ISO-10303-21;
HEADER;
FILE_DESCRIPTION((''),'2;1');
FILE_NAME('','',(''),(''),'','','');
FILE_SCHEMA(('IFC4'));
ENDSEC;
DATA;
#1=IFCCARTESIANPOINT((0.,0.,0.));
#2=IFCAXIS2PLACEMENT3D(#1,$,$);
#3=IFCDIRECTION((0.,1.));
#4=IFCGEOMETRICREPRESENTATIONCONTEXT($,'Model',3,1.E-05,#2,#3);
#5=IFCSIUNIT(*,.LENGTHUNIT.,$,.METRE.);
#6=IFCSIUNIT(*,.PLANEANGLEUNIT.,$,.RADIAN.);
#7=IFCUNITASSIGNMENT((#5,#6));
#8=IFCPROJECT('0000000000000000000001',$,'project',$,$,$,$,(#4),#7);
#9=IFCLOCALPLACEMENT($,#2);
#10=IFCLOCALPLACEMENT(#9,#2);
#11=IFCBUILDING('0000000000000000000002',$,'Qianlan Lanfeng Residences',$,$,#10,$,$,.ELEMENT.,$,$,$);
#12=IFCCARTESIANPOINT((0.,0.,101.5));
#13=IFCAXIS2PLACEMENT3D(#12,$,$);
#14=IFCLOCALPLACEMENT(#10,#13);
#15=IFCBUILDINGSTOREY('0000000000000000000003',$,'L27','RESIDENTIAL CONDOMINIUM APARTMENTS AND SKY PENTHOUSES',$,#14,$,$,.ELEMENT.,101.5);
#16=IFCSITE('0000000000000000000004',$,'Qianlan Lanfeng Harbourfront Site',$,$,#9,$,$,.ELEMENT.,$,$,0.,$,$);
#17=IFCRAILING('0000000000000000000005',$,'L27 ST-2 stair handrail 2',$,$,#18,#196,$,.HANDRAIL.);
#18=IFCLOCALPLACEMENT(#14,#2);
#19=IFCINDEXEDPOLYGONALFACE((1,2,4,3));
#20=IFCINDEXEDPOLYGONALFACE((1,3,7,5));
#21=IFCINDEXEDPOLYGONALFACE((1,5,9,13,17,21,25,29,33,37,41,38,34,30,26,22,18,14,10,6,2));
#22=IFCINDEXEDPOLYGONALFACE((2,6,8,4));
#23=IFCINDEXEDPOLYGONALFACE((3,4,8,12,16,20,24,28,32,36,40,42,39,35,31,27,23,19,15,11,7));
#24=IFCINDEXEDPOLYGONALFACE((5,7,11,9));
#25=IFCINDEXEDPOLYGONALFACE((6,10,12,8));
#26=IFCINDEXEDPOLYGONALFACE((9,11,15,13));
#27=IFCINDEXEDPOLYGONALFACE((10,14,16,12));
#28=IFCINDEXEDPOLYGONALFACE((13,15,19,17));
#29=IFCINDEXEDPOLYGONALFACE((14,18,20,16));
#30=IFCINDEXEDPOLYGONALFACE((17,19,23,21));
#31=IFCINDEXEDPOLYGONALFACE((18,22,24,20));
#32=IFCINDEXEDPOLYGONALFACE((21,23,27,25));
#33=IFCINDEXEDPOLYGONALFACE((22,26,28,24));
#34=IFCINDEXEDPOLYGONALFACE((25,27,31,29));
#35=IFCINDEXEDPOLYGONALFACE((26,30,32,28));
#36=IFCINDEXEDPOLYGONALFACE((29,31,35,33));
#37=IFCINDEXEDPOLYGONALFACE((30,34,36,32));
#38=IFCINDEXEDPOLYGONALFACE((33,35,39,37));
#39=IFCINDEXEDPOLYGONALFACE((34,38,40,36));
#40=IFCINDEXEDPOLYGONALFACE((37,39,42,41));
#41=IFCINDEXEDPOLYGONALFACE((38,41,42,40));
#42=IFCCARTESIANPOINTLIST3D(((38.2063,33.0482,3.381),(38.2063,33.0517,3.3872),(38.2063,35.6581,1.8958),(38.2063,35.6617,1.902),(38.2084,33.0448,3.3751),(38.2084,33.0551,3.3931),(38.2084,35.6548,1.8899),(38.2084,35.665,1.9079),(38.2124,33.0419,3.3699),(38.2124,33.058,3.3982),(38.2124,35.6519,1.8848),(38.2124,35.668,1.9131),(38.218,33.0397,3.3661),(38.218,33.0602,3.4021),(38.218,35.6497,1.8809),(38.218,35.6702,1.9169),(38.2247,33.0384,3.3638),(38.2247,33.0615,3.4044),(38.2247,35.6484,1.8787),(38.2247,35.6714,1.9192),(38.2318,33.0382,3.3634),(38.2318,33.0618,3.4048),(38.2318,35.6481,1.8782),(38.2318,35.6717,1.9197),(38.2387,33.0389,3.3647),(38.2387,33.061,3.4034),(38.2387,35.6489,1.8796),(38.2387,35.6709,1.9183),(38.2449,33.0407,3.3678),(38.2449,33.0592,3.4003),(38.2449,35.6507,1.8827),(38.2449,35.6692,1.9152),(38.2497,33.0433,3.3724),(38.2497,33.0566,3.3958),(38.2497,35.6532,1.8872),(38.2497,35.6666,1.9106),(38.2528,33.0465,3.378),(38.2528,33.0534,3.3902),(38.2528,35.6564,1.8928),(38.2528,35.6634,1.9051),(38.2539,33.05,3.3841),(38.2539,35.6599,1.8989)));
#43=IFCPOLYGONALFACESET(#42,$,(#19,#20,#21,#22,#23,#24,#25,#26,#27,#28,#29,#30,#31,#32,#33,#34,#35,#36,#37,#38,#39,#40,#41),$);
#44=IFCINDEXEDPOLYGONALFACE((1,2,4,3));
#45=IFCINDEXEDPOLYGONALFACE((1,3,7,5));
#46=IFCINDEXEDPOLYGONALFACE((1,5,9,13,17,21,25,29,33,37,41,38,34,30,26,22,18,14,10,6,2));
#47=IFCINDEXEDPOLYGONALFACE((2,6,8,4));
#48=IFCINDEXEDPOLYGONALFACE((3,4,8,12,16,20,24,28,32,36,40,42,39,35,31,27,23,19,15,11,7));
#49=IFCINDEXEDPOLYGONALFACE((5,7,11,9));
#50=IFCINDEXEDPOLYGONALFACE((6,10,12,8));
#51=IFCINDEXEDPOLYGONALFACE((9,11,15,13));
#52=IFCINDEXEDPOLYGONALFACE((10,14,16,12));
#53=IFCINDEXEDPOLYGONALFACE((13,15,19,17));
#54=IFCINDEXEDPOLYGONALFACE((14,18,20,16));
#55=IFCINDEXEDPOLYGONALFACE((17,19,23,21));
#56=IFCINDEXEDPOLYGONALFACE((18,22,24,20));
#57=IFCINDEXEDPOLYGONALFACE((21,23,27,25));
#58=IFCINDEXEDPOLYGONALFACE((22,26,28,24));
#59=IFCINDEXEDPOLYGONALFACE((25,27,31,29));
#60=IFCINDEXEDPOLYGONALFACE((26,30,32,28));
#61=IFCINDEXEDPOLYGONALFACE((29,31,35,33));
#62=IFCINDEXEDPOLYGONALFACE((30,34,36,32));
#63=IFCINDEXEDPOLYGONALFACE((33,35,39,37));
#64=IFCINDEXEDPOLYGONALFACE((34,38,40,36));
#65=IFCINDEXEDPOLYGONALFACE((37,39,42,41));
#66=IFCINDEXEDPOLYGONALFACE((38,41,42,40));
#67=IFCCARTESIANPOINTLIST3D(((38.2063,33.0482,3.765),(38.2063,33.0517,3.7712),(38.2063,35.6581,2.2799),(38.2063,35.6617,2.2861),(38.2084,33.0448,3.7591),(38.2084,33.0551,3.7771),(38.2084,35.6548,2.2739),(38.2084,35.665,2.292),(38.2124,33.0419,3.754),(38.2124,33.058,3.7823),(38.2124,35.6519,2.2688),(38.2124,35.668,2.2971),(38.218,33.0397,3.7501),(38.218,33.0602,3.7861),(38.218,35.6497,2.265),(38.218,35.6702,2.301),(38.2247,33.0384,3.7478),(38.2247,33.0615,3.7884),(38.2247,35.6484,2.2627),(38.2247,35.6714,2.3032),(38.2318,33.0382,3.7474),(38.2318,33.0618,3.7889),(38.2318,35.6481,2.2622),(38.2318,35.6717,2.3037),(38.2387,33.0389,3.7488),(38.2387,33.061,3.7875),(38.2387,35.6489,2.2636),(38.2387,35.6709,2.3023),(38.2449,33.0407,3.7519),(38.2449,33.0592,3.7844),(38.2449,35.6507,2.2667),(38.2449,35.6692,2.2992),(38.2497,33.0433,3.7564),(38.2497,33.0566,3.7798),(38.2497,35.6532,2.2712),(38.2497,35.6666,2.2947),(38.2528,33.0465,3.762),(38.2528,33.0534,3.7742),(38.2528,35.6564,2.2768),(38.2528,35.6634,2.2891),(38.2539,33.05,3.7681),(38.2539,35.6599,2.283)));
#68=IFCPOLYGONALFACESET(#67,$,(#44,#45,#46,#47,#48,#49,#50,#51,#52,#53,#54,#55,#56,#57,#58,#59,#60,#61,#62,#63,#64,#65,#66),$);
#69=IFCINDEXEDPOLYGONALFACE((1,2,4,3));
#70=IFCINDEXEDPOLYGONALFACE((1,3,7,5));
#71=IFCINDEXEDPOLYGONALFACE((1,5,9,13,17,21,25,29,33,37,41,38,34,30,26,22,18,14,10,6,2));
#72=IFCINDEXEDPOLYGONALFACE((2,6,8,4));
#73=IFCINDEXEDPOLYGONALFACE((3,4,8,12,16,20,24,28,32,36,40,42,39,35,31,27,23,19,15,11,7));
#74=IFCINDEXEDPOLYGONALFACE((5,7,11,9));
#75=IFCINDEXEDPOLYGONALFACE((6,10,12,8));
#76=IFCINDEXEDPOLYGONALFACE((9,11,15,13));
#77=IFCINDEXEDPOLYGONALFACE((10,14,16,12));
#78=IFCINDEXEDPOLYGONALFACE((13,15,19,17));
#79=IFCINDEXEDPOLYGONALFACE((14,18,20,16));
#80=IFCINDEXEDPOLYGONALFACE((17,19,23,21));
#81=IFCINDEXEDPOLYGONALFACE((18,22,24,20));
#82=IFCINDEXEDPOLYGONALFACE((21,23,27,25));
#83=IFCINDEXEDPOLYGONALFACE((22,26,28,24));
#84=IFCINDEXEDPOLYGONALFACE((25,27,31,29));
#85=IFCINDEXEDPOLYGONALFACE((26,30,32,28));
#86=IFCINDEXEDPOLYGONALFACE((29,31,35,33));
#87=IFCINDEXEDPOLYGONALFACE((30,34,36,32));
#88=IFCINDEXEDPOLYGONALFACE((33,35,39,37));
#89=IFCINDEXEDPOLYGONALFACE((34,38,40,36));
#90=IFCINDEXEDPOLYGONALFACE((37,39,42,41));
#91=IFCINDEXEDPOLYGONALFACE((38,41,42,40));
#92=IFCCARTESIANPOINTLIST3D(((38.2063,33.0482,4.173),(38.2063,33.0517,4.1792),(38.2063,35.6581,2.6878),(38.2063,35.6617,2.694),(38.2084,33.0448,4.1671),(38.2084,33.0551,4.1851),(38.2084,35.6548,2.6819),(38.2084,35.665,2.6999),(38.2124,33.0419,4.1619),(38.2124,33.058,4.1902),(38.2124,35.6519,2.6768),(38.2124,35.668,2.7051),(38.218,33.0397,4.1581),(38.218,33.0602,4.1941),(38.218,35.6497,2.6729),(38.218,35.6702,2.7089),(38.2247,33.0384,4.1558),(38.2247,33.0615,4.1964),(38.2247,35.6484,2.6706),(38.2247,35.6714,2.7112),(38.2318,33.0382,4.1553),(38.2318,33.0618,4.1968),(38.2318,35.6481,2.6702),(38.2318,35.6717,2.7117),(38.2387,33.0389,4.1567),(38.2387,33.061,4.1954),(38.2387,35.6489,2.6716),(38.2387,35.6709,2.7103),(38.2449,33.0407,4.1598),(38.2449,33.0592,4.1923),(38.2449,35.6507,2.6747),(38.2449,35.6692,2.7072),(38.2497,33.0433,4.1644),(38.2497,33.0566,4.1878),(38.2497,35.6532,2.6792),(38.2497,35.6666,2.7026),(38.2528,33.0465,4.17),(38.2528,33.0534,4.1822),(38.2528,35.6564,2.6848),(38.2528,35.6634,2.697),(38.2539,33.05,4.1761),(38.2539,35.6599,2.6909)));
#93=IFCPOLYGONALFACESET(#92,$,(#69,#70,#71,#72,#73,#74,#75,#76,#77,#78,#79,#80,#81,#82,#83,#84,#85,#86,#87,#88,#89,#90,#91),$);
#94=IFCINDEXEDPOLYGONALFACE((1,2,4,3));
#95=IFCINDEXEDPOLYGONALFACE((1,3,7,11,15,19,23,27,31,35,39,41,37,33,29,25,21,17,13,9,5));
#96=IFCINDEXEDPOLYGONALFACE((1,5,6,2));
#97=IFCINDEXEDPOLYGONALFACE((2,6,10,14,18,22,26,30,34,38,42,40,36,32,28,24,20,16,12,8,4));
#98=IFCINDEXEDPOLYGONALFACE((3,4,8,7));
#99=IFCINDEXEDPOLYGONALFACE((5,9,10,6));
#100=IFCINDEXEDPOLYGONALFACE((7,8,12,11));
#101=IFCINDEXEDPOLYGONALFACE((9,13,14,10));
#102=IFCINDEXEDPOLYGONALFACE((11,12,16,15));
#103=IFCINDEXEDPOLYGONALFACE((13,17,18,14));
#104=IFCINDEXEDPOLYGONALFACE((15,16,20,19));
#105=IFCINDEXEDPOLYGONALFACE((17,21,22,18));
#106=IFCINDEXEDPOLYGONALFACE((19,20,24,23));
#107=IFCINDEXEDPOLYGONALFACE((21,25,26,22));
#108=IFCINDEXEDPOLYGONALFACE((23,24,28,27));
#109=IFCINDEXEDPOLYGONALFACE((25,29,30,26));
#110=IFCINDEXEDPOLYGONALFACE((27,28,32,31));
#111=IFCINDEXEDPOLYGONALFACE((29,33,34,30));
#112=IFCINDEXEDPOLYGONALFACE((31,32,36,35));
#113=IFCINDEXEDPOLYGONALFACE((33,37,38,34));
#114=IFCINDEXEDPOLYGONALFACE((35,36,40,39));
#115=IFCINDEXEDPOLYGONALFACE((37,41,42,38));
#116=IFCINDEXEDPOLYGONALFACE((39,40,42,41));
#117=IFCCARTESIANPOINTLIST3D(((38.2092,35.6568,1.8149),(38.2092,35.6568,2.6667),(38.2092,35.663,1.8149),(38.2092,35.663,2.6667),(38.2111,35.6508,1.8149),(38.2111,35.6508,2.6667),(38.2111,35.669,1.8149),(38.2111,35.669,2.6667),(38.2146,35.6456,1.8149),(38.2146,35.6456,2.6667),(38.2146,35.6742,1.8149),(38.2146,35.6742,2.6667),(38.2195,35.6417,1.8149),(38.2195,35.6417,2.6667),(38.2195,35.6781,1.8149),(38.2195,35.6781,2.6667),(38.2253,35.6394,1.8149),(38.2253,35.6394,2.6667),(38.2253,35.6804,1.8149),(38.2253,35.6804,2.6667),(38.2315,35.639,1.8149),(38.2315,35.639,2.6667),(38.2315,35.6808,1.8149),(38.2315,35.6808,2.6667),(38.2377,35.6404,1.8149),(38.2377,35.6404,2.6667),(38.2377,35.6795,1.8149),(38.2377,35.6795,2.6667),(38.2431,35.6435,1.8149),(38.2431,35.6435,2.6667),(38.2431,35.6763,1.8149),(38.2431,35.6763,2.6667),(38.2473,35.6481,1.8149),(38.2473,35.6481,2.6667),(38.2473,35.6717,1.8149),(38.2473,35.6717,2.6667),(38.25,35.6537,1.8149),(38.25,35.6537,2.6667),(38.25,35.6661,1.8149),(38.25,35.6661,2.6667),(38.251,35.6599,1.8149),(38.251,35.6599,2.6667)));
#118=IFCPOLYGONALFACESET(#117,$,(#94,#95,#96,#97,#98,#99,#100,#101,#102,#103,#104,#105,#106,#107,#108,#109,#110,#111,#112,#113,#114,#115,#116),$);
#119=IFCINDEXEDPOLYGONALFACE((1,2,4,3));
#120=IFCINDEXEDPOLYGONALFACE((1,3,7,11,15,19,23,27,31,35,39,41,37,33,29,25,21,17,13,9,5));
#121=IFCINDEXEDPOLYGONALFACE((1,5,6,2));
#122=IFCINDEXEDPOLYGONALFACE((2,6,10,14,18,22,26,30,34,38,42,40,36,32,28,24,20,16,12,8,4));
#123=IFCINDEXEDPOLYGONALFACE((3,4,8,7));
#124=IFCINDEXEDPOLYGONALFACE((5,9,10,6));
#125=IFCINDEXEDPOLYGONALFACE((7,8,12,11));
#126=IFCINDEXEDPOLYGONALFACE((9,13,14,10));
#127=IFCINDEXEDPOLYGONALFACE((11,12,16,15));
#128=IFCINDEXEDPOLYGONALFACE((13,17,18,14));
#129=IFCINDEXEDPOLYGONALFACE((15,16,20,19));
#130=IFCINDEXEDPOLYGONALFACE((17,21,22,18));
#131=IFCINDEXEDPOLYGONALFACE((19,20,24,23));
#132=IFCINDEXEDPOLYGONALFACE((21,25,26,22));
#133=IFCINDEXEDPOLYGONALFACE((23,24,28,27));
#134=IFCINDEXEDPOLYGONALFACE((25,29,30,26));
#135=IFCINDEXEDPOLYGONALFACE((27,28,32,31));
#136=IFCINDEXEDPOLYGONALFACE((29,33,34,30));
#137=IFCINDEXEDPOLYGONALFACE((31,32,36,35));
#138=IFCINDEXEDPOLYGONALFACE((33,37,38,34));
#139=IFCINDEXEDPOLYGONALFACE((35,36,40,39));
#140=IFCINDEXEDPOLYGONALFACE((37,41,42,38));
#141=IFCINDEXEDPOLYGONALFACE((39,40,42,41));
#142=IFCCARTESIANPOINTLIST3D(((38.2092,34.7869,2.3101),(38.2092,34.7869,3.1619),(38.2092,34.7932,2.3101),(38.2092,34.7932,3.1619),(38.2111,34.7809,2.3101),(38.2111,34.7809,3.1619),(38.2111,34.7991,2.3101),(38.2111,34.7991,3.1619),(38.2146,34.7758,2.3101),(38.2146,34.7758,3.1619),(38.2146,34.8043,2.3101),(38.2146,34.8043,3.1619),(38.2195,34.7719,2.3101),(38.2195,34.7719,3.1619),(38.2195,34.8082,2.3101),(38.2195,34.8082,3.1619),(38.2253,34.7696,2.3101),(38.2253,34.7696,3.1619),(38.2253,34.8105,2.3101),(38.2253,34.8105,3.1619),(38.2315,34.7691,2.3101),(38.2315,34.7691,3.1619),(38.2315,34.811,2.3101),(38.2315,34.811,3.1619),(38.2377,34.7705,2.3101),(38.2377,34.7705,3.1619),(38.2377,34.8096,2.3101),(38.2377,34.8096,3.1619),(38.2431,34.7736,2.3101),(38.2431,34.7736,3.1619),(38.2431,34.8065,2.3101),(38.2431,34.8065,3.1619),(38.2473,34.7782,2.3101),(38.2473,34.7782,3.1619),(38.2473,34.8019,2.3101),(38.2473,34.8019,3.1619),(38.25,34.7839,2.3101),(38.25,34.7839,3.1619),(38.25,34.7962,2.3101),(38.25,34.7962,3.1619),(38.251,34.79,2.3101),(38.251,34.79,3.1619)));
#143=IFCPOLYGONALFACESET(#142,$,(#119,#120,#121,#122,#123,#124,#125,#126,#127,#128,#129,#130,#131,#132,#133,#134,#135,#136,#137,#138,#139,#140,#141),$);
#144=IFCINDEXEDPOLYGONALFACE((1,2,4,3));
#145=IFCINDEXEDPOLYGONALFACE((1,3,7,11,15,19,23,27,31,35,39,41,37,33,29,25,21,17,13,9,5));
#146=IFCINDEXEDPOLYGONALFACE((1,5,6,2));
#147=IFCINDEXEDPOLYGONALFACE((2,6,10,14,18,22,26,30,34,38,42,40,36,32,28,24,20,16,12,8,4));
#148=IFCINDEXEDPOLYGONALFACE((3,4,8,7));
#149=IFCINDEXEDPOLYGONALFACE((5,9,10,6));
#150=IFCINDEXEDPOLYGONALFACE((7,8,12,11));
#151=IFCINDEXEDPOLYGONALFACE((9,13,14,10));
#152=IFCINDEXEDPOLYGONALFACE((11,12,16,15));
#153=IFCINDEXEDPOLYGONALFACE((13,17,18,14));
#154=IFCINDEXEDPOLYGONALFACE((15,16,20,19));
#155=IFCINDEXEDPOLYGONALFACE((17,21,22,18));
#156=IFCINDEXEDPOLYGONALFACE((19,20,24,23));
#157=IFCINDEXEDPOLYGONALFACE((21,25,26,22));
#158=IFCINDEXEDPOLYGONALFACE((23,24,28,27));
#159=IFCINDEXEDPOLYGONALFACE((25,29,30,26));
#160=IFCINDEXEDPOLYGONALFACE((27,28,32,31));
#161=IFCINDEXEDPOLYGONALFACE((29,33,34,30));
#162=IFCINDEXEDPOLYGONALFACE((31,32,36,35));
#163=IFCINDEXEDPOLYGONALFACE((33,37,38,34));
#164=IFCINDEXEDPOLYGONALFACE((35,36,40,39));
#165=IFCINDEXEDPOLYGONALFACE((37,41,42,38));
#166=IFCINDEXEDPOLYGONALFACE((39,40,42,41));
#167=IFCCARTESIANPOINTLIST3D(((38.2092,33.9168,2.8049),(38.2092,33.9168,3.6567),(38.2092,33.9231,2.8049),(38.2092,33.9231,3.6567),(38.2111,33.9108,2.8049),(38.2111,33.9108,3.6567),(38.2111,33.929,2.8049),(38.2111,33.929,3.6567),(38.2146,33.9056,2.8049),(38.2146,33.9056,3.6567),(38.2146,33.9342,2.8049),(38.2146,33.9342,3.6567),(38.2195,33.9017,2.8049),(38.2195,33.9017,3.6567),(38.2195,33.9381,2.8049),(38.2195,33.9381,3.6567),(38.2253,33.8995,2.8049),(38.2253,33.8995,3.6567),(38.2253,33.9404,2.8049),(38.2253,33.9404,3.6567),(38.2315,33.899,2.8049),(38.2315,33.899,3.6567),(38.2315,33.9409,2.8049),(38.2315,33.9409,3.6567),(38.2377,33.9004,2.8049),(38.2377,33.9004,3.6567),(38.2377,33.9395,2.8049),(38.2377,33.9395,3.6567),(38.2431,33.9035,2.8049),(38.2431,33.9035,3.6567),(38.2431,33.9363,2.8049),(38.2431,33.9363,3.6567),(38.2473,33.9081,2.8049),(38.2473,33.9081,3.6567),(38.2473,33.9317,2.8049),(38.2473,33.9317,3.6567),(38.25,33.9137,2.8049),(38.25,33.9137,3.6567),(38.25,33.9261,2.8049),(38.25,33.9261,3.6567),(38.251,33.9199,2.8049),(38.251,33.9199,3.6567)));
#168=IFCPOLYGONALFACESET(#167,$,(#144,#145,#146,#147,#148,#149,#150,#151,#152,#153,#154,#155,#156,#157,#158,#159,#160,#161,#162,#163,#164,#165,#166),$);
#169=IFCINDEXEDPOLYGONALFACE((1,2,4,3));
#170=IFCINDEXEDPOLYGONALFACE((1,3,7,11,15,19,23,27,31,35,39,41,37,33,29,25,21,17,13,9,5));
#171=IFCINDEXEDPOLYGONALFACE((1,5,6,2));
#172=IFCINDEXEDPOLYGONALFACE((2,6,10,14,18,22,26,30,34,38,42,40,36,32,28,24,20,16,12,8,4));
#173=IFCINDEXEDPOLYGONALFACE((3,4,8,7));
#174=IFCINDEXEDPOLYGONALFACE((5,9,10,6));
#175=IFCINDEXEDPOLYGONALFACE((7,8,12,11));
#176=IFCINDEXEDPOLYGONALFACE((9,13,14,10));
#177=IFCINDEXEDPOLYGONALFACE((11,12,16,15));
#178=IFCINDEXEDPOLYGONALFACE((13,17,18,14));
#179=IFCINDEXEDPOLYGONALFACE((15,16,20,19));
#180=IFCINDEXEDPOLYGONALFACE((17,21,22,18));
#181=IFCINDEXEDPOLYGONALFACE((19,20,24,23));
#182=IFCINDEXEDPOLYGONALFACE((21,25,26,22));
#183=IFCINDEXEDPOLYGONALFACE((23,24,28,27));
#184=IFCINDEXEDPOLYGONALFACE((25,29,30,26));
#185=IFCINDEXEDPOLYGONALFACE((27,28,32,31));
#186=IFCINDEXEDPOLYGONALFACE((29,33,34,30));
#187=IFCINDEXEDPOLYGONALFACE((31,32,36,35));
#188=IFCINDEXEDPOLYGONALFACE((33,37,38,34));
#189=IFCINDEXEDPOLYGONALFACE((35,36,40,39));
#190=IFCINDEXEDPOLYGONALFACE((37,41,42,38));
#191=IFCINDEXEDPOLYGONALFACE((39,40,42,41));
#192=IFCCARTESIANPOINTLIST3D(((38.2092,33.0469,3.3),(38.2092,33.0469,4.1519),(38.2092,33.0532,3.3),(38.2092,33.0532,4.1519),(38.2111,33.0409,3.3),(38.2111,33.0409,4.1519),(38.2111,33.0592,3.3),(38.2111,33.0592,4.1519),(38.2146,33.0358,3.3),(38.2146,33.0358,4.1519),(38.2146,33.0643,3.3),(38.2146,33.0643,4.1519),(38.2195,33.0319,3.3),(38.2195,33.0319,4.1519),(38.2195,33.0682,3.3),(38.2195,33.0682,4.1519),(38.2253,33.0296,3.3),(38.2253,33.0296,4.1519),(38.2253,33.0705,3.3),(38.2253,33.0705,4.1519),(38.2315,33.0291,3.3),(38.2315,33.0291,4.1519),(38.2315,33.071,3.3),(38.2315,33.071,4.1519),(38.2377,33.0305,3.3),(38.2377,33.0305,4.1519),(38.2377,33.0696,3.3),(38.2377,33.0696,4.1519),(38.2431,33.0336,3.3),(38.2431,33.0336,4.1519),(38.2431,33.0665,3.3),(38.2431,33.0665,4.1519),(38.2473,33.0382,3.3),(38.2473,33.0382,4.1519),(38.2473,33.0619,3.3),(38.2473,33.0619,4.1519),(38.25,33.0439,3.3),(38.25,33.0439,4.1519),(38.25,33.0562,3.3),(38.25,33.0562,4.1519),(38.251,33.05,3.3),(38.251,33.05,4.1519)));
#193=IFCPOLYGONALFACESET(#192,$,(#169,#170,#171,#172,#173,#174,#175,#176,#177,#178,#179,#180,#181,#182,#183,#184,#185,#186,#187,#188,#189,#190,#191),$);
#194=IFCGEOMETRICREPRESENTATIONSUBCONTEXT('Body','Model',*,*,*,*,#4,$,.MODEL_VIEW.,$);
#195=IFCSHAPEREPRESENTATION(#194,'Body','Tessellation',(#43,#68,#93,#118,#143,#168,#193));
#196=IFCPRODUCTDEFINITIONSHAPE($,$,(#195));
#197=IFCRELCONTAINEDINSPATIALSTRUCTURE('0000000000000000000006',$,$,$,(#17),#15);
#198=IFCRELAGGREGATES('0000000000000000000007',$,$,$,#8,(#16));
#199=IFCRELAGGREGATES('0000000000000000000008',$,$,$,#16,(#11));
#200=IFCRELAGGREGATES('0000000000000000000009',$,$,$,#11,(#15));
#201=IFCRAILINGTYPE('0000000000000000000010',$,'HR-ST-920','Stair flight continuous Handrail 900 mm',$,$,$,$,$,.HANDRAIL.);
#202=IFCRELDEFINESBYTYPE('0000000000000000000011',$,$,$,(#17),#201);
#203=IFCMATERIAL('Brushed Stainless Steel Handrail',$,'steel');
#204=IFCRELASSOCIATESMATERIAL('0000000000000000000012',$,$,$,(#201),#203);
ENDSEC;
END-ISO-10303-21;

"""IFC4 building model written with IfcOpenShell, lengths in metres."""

from ifc_helpers import new_model, si_unit, direction, frame, origin, origin_2d, place, context, subcontext, project, spatial, circle, extrude, material, type_object, element, save


model = new_model("IFC4")

# Units and contexts
model_context = context("Model", 3, precision=1e-05, world=origin(), true_north=direction((0.0, 1.0)))
body_context = subcontext(model_context, "Body", "Model", "MODEL_VIEW")
ifc_project = project(units=[si_unit("LENGTHUNIT", "METRE"), si_unit("PLANEANGLEUNIT", "RADIAN")], contexts=[model_context])

# Site, building, storey
site_placement = place(None, origin())
site = spatial("IfcSite", under=ifc_project, at=site_placement, Name="Qianlan Lanfeng Harbourfront Site", CompositionType="ELEMENT", RefElevation=0.0)
building_placement = place(site_placement, origin())
building = spatial("IfcBuilding", under=site, at=building_placement, Name="Qianlan Lanfeng Residences", CompositionType="ELEMENT")
storey_placement = place(building_placement, frame((0.0, 0.0, 101.5)))
storey = spatial("IfcBuildingStorey", under=building, at=storey_placement, Name="L27", Description="RESIDENTIAL CONDOMINIUM APARTMENTS AND SKY PENTHOUSES", CompositionType="ELEMENT", Elevation=101.5)

# Railing
ifc_material_1 = material(Name="Brushed Stainless Steel Handrail", Category="steel")
railing_type = type_object("IfcRailingType", Name="HR-ST-920", Description="Stair flight continuous Handrail 900 mm", PredefinedType="HANDRAIL", material=ifc_material_1)
railing_placement = place(storey_placement, frame((38.23, 35.6599, 1.8149)))
element("IfcRailing", 1, at=railing_placement, inside=storey, type_object=railing_type, Name="L27 ST-2 stair handrail 2", PredefinedType="HANDRAIL", context=body_context, shape_type="SweptSolid", body=[
    extrude(circle(Radius=0.0239, at=origin_2d()), frame((0.0, 0.0, 0.084), z_axis=(0.0, -0.869137, 0.494571), x_axis=(1.0, 0.0, 0.0)), (0.0, 0.0, 1.0), 3.0029),
    extrude(circle(Radius=0.0239, at=origin_2d()), frame((0.0, 0.0, 0.468), z_axis=(0.0, -0.869137, 0.494571), x_axis=(1.0, 0.0, 0.0)), (0.0, 0.0, 1.0), 3.0029),
    extrude(circle(Radius=0.0239, at=origin_2d()), frame((0.0, 0.0, 0.876), z_axis=(0.0, -0.869137, 0.494571), x_axis=(1.0, 0.0, 0.0)), (0.0, 0.0, 1.0), 3.0029),
    extrude(circle(Radius=0.021, at=origin_2d()), origin(), (0.0, 0.0, 1.0), 0.8518),
    extrude(circle(Radius=0.021, at=origin_2d()), frame((0.0, -0.8699, 0.4951)), (0.0, 0.0, 1.0), 0.8518),
    extrude(circle(Radius=0.021, at=origin_2d()), frame((0.0, -1.74, 0.99)), (0.0, 0.0, 1.0), 0.8518),
    extrude(circle(Radius=0.021, at=origin_2d()), frame((0.0, -2.6099, 1.4851)), (0.0, 0.0, 1.0), 0.8518),
])

save(model, "model.ifc")
